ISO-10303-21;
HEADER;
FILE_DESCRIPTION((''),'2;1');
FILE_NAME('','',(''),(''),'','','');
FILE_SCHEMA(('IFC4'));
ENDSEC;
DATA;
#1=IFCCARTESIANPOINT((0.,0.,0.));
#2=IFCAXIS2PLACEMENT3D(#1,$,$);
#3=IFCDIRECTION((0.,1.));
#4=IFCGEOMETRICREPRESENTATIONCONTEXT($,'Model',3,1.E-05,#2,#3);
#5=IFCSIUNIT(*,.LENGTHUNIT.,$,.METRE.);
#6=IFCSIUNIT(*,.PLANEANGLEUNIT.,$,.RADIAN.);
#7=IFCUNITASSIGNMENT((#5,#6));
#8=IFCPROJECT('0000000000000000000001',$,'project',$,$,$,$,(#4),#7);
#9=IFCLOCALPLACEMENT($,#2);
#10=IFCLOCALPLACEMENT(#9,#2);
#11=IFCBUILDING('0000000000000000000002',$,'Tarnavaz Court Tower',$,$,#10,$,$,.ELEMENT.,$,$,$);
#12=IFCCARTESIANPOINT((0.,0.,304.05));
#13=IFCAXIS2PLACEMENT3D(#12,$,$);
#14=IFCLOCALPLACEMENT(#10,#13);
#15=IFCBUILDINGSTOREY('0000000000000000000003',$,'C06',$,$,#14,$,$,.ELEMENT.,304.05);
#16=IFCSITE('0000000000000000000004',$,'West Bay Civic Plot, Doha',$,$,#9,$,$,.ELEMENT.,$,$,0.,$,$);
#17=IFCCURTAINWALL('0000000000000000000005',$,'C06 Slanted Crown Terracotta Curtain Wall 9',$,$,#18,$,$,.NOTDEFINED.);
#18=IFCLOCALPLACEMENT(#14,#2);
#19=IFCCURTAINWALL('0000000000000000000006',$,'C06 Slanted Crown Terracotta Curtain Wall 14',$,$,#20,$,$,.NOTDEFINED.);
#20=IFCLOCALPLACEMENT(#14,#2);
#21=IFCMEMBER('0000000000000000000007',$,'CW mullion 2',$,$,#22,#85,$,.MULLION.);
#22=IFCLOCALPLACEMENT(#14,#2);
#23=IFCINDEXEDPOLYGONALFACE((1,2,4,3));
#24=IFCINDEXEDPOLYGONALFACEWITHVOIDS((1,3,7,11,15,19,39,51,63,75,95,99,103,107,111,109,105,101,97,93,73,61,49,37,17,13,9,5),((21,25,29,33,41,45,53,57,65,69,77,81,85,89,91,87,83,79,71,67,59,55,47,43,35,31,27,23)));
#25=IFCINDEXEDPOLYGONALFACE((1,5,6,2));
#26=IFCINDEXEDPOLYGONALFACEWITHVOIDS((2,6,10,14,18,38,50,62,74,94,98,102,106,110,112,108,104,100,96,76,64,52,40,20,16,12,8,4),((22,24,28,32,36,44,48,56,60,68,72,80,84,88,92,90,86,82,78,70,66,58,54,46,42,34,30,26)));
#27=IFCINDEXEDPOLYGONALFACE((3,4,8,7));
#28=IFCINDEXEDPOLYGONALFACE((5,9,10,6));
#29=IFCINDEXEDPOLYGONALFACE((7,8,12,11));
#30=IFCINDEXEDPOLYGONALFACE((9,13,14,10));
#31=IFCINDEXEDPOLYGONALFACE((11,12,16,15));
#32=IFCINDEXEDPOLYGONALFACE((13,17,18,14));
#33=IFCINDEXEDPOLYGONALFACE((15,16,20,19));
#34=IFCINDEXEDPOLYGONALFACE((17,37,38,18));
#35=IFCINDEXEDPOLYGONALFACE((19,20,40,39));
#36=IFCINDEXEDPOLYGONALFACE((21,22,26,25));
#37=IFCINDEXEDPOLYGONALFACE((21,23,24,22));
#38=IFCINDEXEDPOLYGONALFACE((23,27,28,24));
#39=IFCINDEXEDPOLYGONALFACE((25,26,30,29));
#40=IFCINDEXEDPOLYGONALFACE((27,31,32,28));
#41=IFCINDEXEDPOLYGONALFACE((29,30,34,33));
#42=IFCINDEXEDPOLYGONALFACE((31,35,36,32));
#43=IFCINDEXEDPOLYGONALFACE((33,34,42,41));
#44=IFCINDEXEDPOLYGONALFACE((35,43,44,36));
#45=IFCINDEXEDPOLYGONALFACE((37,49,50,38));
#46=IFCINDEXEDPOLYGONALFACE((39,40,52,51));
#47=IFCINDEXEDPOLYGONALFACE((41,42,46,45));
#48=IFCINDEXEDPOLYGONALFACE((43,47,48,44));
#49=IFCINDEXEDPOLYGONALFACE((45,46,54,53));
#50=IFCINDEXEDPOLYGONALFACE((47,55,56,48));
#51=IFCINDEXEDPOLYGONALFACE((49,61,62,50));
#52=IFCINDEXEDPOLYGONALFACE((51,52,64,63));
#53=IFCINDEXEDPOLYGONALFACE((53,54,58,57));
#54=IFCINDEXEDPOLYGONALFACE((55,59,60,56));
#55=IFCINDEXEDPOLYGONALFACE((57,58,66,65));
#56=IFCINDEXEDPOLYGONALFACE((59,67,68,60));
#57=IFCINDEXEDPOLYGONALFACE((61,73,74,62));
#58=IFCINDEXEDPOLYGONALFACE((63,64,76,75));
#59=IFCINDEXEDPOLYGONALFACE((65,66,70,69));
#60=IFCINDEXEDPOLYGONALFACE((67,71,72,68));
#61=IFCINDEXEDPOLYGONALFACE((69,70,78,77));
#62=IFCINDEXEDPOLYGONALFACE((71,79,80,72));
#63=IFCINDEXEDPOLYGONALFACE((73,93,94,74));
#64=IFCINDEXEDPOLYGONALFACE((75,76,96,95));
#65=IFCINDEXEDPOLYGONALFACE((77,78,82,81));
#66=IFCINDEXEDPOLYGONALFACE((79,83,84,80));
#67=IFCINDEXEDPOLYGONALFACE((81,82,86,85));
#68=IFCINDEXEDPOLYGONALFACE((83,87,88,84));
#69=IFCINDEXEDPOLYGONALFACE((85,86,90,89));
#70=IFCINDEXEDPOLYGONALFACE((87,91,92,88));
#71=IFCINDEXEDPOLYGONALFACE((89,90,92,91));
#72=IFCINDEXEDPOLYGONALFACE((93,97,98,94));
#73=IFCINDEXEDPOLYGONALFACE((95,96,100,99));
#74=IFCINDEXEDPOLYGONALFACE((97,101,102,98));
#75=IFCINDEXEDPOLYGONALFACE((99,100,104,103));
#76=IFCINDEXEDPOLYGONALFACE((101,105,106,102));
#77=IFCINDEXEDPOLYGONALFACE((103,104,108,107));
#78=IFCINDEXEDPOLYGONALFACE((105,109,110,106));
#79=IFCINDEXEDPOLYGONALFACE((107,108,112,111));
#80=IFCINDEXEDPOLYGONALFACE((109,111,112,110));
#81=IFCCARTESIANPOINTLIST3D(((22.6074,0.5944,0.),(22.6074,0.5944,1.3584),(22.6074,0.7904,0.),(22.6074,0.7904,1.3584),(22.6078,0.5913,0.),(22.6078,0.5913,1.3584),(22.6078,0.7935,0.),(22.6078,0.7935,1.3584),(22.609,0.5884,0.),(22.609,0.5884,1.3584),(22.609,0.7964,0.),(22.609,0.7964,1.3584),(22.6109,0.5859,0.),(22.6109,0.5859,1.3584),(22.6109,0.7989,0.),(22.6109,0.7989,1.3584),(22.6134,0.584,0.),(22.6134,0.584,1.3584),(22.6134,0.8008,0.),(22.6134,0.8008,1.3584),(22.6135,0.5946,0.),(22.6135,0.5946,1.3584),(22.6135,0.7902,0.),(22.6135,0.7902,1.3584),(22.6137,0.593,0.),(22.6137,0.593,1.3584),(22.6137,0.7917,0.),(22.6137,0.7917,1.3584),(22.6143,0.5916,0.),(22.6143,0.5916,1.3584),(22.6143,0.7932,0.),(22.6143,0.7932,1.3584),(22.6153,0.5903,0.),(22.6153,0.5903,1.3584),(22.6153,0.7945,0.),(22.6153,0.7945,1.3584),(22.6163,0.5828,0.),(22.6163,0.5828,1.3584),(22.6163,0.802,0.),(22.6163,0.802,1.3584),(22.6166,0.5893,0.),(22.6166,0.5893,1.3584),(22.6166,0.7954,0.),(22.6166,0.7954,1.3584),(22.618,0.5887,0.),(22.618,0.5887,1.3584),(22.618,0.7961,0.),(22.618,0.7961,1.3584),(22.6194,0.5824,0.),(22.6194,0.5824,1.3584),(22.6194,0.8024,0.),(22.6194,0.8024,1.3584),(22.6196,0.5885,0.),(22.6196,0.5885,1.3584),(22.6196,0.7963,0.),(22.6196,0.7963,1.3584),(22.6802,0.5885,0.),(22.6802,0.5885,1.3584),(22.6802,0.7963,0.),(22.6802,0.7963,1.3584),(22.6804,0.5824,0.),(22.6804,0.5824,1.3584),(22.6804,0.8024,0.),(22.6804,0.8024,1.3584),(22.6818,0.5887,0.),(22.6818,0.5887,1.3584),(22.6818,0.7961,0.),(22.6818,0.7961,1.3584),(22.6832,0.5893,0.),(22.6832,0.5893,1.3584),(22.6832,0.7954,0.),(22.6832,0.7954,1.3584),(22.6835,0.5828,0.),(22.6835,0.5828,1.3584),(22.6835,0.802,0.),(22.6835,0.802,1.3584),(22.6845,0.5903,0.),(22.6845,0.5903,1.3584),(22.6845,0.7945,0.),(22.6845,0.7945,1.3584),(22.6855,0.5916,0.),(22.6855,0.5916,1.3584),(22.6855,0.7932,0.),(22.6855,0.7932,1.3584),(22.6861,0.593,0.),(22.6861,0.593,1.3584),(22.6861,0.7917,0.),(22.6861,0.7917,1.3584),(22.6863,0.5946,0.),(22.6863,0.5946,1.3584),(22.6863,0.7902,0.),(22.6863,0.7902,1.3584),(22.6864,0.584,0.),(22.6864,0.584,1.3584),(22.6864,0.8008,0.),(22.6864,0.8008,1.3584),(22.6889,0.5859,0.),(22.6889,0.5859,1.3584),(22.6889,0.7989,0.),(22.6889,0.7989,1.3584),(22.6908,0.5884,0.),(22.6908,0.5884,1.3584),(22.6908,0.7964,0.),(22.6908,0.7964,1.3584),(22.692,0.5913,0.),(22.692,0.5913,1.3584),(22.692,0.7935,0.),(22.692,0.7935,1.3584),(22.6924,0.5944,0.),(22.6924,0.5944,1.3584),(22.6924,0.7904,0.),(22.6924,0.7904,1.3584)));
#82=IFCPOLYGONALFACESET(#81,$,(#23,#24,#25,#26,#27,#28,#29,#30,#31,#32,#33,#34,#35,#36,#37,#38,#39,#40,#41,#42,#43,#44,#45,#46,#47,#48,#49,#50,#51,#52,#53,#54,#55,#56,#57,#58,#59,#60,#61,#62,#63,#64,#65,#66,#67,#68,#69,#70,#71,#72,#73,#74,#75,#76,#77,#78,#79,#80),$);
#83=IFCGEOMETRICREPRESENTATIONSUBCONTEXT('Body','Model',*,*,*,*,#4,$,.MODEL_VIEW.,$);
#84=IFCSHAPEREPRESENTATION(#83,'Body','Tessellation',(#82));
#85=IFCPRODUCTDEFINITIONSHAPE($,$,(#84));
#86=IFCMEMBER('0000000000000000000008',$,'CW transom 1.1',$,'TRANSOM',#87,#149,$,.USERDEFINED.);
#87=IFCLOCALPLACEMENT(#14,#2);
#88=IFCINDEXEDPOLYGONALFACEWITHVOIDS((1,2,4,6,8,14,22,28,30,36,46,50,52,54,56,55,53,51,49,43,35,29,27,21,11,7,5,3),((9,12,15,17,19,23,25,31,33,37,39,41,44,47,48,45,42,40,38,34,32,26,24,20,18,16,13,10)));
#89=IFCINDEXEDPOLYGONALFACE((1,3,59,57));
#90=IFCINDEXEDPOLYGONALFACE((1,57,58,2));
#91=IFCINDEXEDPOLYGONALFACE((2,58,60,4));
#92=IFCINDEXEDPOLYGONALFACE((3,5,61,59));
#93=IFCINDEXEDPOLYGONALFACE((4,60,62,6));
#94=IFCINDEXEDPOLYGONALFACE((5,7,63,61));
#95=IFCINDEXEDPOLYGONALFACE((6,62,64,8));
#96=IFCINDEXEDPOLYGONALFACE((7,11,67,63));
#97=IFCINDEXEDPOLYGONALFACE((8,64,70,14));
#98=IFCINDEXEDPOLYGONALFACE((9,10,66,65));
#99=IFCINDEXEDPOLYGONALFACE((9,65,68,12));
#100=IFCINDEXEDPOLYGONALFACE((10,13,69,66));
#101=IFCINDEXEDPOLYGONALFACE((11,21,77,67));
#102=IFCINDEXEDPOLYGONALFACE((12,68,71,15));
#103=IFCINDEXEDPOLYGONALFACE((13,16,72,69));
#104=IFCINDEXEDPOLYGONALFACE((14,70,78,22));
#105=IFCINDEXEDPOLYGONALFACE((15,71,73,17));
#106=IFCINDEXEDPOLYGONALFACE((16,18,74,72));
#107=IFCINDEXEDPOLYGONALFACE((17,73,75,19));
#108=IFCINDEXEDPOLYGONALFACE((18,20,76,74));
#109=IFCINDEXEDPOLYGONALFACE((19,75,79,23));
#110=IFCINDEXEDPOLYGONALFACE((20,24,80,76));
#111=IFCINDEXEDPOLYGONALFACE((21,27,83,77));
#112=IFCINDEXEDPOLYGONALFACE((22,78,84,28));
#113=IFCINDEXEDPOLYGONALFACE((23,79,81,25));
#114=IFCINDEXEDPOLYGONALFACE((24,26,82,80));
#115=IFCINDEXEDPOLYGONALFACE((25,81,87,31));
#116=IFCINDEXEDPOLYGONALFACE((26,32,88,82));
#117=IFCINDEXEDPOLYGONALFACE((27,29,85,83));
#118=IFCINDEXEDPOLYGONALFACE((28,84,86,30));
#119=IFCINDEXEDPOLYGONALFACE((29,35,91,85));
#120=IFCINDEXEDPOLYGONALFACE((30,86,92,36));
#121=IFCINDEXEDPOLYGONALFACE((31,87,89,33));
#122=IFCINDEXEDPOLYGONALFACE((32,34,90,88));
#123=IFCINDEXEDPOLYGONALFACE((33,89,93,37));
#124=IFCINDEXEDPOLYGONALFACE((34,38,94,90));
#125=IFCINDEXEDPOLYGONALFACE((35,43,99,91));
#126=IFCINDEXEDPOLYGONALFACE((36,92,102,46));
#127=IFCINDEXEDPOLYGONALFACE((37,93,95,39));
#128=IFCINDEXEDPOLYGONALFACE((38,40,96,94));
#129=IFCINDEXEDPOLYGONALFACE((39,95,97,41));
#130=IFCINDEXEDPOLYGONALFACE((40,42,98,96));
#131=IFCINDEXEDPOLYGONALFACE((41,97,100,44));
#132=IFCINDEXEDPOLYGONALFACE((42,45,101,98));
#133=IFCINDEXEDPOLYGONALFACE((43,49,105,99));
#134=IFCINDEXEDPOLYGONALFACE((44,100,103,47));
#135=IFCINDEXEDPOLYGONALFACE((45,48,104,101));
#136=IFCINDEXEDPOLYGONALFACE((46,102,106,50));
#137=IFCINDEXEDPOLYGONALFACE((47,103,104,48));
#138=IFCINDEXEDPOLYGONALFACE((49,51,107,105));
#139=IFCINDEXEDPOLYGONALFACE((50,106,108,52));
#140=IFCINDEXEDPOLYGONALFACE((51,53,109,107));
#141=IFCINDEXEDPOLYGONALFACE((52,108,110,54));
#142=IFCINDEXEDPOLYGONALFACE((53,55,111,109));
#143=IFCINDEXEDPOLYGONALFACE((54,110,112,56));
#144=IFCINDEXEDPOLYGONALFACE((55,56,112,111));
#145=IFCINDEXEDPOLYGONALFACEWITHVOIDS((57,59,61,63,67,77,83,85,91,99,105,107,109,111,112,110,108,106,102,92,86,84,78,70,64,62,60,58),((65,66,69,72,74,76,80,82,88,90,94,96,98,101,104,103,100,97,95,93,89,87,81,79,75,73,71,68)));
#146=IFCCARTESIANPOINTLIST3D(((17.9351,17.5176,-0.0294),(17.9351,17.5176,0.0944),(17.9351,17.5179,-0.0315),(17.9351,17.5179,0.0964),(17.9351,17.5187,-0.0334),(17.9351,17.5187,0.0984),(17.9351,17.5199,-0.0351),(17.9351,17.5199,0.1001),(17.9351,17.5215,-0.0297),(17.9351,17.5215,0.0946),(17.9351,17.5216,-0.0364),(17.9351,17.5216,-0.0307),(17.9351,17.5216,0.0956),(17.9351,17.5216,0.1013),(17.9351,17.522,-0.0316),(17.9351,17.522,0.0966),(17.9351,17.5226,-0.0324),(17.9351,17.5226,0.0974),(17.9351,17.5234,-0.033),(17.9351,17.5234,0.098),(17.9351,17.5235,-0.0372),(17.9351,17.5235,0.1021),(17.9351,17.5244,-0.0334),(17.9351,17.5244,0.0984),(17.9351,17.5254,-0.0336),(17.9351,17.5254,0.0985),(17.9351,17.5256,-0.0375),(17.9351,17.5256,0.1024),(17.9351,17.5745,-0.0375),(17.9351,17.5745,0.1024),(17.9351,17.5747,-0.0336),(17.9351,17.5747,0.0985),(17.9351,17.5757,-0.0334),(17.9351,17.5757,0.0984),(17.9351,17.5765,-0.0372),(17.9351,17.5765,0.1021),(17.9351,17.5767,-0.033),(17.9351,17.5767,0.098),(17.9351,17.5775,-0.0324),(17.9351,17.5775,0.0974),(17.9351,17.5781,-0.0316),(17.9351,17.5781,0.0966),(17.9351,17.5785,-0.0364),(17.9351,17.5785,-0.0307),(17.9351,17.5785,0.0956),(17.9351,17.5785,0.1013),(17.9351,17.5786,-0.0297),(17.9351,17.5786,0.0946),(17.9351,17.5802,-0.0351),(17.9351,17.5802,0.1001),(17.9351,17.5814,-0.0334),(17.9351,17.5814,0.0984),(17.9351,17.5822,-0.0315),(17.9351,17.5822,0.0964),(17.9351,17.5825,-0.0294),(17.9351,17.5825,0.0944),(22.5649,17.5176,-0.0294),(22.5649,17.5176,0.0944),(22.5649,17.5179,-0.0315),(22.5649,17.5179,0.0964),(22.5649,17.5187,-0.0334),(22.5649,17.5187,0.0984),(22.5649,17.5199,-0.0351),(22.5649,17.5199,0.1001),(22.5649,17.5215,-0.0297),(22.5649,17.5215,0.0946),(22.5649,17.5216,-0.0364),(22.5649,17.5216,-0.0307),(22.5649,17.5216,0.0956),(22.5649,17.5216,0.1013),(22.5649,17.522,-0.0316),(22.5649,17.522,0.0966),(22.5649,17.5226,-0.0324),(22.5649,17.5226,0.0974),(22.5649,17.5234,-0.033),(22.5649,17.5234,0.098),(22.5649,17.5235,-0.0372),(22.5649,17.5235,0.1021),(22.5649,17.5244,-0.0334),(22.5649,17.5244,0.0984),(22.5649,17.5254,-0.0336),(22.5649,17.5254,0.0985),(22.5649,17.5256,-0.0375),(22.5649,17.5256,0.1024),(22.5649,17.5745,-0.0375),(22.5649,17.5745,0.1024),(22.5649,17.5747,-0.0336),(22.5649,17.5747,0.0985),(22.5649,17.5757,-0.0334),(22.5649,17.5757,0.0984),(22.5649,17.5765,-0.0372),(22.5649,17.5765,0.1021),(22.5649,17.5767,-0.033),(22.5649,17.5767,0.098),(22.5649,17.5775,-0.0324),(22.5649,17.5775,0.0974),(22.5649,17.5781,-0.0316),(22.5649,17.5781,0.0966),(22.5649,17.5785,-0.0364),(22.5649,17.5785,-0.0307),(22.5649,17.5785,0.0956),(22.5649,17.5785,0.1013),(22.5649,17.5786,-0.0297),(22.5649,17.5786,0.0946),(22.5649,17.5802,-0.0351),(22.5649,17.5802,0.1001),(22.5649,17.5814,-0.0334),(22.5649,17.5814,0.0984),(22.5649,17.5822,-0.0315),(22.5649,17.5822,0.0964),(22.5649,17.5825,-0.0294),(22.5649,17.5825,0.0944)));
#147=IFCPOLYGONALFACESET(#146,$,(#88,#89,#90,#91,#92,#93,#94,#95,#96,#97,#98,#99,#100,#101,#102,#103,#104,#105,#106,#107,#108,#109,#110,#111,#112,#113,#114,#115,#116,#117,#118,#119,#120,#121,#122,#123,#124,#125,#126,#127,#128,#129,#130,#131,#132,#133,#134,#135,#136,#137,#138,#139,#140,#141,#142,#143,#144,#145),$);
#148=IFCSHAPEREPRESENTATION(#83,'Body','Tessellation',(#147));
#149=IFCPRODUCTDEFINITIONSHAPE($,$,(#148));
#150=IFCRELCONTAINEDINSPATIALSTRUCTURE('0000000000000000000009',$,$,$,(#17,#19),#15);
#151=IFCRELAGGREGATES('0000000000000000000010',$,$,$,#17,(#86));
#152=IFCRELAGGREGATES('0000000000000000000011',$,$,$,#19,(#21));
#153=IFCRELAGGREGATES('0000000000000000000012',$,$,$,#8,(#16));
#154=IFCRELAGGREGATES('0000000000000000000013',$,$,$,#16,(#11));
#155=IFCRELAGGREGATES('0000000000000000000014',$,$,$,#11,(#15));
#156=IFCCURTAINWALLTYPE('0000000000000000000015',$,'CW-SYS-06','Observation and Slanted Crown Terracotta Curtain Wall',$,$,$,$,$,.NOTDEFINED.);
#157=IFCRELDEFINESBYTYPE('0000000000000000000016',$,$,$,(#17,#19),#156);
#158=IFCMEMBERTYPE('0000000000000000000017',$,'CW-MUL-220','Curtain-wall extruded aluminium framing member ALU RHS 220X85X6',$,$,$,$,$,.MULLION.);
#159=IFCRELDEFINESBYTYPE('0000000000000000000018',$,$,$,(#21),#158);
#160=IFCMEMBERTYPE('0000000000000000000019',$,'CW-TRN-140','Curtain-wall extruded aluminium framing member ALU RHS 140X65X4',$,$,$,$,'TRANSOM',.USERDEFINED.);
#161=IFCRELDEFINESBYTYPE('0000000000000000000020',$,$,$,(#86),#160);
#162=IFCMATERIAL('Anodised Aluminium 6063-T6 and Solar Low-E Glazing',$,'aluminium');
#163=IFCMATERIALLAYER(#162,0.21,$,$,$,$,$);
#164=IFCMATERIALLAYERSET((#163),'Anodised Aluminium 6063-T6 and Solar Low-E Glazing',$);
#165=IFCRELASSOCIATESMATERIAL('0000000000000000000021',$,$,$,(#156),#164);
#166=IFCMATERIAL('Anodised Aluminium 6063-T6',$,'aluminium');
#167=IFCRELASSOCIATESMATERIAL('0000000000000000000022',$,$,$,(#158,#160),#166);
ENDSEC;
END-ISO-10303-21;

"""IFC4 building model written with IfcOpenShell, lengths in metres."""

from ifc_helpers import new_model, si_unit, direction, frame, origin, origin_2d, place, context, subcontext, project, spatial, hollow_rectangle, extrude, material, layer, layer_set, material_profile, profile_set, type_object, element, aggregate, save


model = new_model("IFC4")

# Units and contexts
model_context = context("Model", 3, precision=1e-05, world=origin(), true_north=direction((0.0, 1.0)))
body_context = subcontext(model_context, "Body", "Model", "MODEL_VIEW")
ifc_project = project(units=[si_unit("LENGTHUNIT", "METRE"), si_unit("PLANEANGLEUNIT", "RADIAN")], contexts=[model_context])

# Site, building, storey
site_placement = place(None, origin())
site = spatial("IfcSite", under=ifc_project, at=site_placement, Name="West Bay Civic Plot, Doha", CompositionType="ELEMENT", RefElevation=0.0)
building_placement = place(site_placement, origin())
building = spatial("IfcBuilding", under=site, at=building_placement, Name="Tarnavaz Court Tower", CompositionType="ELEMENT")
storey_placement = place(building_placement, frame((0.0, 0.0, 304.05)))
storey = spatial("IfcBuildingStorey", under=building, at=storey_placement, Name="C06", CompositionType="ELEMENT", Elevation=304.05)

# Curtain walls, member
ifc_material_1 = material(Name="Anodised Aluminium 6063-T6 and Solar Low-E Glazing", Category="aluminium")
ifc_layer_1 = layer(ifc_material_1, 0.21)
ifc_layer_set_1 = layer_set([ifc_layer_1], Name="Anodised Aluminium 6063-T6 and Solar Low-E Glazing")
curtain_wall_type = type_object("IfcCurtainWallType", Name="CW-SYS-06", Description="Observation and Slanted Crown Terracotta Curtain Wall", PredefinedType="NOTDEFINED", material=ifc_layer_set_1)
curtain_wall_1_placement = place(storey_placement, origin())
curtain_wall_1 = element("IfcCurtainWall", 1, at=curtain_wall_1_placement, inside=storey, type_object=curtain_wall_type, Name="C06 Slanted Crown Terracotta Curtain Wall 9", PredefinedType="NOTDEFINED")
ifc_material_2 = material(Name="Anodised Aluminium 6063-T6", Category="aluminium")
ifc_material_profile_1 = material_profile(ifc_material_2, hollow_rectangle(XDim=0.085, YDim=0.22, WallThickness=0.0061, InnerFilletRadius=0.0061, OuterFilletRadius=0.012, at=origin_2d()), Name="ALU RHS 220X85X6")
ifc_profile_set_1 = profile_set([ifc_material_profile_1], Name="Anodised Aluminium 6063-T6")
member_type_1 = type_object("IfcMemberType", Name="CW-MUL-220", Description="Curtain-wall extruded aluminium framing member ALU RHS 220X85X6", PredefinedType="MULLION", material=ifc_profile_set_1)
curtain_wall_2_placement = place(storey_placement, origin())
curtain_wall_2 = element("IfcCurtainWall", 2, at=curtain_wall_2_placement, inside=storey, type_object=curtain_wall_type, Name="C06 Slanted Crown Terracotta Curtain Wall 14", PredefinedType="NOTDEFINED")
member_1_placement = place(storey_placement, frame((22.6499, 0.6924, 0.0), z_axis=(0.0, 0.0, 1.0), x_axis=(1.0, 0.0, 0.0)))
member_1 = element("IfcMember", 3, at=member_1_placement, type_object=member_type_1, Name="CW mullion 2", PredefinedType="MULLION", context=body_context, shape_type="SweptSolid", body=[
    extrude(hollow_rectangle(XDim=0.085, YDim=0.22, WallThickness=0.0061, InnerFilletRadius=0.0061, OuterFilletRadius=0.012, at=origin_2d()), origin(), (0.0, 0.0, 1.0), 1.3584),
])

# Member
ifc_material_profile_2 = material_profile(ifc_material_2, hollow_rectangle(XDim=0.0649, YDim=0.1399, WallThickness=0.0039, InnerFilletRadius=0.0039, OuterFilletRadius=0.0081, at=origin_2d()), Name="ALU RHS 140X65X4")
ifc_profile_set_2 = profile_set([ifc_material_profile_2], Name="Anodised Aluminium 6063-T6")
member_type_2 = type_object("IfcMemberType", Name="CW-TRN-140", Description="Curtain-wall extruded aluminium framing member ALU RHS 140X65X4", ElementType="TRANSOM", PredefinedType="USERDEFINED", material=ifc_profile_set_2)
member_2_placement = place(storey_placement, frame((17.9351, 17.55, 0.0325), z_axis=(1.0, 0.0, 0.0), x_axis=(0.0, 1.0, 0.0)))
member_2 = element("IfcMember", 4, at=member_2_placement, type_object=member_type_2, Name="CW transom 1.1", ObjectType="TRANSOM", PredefinedType="USERDEFINED", context=body_context, shape_type="SweptSolid", body=[
    extrude(hollow_rectangle(XDim=0.0649, YDim=0.1399, WallThickness=0.0039, InnerFilletRadius=0.0039, OuterFilletRadius=0.0081, at=origin_2d()), origin(), (0.0, 0.0, 1.0), 4.6299),
])

aggregate(curtain_wall_1, [member_2])
aggregate(curtain_wall_2, [member_1])

save(model, "model.ifc")
